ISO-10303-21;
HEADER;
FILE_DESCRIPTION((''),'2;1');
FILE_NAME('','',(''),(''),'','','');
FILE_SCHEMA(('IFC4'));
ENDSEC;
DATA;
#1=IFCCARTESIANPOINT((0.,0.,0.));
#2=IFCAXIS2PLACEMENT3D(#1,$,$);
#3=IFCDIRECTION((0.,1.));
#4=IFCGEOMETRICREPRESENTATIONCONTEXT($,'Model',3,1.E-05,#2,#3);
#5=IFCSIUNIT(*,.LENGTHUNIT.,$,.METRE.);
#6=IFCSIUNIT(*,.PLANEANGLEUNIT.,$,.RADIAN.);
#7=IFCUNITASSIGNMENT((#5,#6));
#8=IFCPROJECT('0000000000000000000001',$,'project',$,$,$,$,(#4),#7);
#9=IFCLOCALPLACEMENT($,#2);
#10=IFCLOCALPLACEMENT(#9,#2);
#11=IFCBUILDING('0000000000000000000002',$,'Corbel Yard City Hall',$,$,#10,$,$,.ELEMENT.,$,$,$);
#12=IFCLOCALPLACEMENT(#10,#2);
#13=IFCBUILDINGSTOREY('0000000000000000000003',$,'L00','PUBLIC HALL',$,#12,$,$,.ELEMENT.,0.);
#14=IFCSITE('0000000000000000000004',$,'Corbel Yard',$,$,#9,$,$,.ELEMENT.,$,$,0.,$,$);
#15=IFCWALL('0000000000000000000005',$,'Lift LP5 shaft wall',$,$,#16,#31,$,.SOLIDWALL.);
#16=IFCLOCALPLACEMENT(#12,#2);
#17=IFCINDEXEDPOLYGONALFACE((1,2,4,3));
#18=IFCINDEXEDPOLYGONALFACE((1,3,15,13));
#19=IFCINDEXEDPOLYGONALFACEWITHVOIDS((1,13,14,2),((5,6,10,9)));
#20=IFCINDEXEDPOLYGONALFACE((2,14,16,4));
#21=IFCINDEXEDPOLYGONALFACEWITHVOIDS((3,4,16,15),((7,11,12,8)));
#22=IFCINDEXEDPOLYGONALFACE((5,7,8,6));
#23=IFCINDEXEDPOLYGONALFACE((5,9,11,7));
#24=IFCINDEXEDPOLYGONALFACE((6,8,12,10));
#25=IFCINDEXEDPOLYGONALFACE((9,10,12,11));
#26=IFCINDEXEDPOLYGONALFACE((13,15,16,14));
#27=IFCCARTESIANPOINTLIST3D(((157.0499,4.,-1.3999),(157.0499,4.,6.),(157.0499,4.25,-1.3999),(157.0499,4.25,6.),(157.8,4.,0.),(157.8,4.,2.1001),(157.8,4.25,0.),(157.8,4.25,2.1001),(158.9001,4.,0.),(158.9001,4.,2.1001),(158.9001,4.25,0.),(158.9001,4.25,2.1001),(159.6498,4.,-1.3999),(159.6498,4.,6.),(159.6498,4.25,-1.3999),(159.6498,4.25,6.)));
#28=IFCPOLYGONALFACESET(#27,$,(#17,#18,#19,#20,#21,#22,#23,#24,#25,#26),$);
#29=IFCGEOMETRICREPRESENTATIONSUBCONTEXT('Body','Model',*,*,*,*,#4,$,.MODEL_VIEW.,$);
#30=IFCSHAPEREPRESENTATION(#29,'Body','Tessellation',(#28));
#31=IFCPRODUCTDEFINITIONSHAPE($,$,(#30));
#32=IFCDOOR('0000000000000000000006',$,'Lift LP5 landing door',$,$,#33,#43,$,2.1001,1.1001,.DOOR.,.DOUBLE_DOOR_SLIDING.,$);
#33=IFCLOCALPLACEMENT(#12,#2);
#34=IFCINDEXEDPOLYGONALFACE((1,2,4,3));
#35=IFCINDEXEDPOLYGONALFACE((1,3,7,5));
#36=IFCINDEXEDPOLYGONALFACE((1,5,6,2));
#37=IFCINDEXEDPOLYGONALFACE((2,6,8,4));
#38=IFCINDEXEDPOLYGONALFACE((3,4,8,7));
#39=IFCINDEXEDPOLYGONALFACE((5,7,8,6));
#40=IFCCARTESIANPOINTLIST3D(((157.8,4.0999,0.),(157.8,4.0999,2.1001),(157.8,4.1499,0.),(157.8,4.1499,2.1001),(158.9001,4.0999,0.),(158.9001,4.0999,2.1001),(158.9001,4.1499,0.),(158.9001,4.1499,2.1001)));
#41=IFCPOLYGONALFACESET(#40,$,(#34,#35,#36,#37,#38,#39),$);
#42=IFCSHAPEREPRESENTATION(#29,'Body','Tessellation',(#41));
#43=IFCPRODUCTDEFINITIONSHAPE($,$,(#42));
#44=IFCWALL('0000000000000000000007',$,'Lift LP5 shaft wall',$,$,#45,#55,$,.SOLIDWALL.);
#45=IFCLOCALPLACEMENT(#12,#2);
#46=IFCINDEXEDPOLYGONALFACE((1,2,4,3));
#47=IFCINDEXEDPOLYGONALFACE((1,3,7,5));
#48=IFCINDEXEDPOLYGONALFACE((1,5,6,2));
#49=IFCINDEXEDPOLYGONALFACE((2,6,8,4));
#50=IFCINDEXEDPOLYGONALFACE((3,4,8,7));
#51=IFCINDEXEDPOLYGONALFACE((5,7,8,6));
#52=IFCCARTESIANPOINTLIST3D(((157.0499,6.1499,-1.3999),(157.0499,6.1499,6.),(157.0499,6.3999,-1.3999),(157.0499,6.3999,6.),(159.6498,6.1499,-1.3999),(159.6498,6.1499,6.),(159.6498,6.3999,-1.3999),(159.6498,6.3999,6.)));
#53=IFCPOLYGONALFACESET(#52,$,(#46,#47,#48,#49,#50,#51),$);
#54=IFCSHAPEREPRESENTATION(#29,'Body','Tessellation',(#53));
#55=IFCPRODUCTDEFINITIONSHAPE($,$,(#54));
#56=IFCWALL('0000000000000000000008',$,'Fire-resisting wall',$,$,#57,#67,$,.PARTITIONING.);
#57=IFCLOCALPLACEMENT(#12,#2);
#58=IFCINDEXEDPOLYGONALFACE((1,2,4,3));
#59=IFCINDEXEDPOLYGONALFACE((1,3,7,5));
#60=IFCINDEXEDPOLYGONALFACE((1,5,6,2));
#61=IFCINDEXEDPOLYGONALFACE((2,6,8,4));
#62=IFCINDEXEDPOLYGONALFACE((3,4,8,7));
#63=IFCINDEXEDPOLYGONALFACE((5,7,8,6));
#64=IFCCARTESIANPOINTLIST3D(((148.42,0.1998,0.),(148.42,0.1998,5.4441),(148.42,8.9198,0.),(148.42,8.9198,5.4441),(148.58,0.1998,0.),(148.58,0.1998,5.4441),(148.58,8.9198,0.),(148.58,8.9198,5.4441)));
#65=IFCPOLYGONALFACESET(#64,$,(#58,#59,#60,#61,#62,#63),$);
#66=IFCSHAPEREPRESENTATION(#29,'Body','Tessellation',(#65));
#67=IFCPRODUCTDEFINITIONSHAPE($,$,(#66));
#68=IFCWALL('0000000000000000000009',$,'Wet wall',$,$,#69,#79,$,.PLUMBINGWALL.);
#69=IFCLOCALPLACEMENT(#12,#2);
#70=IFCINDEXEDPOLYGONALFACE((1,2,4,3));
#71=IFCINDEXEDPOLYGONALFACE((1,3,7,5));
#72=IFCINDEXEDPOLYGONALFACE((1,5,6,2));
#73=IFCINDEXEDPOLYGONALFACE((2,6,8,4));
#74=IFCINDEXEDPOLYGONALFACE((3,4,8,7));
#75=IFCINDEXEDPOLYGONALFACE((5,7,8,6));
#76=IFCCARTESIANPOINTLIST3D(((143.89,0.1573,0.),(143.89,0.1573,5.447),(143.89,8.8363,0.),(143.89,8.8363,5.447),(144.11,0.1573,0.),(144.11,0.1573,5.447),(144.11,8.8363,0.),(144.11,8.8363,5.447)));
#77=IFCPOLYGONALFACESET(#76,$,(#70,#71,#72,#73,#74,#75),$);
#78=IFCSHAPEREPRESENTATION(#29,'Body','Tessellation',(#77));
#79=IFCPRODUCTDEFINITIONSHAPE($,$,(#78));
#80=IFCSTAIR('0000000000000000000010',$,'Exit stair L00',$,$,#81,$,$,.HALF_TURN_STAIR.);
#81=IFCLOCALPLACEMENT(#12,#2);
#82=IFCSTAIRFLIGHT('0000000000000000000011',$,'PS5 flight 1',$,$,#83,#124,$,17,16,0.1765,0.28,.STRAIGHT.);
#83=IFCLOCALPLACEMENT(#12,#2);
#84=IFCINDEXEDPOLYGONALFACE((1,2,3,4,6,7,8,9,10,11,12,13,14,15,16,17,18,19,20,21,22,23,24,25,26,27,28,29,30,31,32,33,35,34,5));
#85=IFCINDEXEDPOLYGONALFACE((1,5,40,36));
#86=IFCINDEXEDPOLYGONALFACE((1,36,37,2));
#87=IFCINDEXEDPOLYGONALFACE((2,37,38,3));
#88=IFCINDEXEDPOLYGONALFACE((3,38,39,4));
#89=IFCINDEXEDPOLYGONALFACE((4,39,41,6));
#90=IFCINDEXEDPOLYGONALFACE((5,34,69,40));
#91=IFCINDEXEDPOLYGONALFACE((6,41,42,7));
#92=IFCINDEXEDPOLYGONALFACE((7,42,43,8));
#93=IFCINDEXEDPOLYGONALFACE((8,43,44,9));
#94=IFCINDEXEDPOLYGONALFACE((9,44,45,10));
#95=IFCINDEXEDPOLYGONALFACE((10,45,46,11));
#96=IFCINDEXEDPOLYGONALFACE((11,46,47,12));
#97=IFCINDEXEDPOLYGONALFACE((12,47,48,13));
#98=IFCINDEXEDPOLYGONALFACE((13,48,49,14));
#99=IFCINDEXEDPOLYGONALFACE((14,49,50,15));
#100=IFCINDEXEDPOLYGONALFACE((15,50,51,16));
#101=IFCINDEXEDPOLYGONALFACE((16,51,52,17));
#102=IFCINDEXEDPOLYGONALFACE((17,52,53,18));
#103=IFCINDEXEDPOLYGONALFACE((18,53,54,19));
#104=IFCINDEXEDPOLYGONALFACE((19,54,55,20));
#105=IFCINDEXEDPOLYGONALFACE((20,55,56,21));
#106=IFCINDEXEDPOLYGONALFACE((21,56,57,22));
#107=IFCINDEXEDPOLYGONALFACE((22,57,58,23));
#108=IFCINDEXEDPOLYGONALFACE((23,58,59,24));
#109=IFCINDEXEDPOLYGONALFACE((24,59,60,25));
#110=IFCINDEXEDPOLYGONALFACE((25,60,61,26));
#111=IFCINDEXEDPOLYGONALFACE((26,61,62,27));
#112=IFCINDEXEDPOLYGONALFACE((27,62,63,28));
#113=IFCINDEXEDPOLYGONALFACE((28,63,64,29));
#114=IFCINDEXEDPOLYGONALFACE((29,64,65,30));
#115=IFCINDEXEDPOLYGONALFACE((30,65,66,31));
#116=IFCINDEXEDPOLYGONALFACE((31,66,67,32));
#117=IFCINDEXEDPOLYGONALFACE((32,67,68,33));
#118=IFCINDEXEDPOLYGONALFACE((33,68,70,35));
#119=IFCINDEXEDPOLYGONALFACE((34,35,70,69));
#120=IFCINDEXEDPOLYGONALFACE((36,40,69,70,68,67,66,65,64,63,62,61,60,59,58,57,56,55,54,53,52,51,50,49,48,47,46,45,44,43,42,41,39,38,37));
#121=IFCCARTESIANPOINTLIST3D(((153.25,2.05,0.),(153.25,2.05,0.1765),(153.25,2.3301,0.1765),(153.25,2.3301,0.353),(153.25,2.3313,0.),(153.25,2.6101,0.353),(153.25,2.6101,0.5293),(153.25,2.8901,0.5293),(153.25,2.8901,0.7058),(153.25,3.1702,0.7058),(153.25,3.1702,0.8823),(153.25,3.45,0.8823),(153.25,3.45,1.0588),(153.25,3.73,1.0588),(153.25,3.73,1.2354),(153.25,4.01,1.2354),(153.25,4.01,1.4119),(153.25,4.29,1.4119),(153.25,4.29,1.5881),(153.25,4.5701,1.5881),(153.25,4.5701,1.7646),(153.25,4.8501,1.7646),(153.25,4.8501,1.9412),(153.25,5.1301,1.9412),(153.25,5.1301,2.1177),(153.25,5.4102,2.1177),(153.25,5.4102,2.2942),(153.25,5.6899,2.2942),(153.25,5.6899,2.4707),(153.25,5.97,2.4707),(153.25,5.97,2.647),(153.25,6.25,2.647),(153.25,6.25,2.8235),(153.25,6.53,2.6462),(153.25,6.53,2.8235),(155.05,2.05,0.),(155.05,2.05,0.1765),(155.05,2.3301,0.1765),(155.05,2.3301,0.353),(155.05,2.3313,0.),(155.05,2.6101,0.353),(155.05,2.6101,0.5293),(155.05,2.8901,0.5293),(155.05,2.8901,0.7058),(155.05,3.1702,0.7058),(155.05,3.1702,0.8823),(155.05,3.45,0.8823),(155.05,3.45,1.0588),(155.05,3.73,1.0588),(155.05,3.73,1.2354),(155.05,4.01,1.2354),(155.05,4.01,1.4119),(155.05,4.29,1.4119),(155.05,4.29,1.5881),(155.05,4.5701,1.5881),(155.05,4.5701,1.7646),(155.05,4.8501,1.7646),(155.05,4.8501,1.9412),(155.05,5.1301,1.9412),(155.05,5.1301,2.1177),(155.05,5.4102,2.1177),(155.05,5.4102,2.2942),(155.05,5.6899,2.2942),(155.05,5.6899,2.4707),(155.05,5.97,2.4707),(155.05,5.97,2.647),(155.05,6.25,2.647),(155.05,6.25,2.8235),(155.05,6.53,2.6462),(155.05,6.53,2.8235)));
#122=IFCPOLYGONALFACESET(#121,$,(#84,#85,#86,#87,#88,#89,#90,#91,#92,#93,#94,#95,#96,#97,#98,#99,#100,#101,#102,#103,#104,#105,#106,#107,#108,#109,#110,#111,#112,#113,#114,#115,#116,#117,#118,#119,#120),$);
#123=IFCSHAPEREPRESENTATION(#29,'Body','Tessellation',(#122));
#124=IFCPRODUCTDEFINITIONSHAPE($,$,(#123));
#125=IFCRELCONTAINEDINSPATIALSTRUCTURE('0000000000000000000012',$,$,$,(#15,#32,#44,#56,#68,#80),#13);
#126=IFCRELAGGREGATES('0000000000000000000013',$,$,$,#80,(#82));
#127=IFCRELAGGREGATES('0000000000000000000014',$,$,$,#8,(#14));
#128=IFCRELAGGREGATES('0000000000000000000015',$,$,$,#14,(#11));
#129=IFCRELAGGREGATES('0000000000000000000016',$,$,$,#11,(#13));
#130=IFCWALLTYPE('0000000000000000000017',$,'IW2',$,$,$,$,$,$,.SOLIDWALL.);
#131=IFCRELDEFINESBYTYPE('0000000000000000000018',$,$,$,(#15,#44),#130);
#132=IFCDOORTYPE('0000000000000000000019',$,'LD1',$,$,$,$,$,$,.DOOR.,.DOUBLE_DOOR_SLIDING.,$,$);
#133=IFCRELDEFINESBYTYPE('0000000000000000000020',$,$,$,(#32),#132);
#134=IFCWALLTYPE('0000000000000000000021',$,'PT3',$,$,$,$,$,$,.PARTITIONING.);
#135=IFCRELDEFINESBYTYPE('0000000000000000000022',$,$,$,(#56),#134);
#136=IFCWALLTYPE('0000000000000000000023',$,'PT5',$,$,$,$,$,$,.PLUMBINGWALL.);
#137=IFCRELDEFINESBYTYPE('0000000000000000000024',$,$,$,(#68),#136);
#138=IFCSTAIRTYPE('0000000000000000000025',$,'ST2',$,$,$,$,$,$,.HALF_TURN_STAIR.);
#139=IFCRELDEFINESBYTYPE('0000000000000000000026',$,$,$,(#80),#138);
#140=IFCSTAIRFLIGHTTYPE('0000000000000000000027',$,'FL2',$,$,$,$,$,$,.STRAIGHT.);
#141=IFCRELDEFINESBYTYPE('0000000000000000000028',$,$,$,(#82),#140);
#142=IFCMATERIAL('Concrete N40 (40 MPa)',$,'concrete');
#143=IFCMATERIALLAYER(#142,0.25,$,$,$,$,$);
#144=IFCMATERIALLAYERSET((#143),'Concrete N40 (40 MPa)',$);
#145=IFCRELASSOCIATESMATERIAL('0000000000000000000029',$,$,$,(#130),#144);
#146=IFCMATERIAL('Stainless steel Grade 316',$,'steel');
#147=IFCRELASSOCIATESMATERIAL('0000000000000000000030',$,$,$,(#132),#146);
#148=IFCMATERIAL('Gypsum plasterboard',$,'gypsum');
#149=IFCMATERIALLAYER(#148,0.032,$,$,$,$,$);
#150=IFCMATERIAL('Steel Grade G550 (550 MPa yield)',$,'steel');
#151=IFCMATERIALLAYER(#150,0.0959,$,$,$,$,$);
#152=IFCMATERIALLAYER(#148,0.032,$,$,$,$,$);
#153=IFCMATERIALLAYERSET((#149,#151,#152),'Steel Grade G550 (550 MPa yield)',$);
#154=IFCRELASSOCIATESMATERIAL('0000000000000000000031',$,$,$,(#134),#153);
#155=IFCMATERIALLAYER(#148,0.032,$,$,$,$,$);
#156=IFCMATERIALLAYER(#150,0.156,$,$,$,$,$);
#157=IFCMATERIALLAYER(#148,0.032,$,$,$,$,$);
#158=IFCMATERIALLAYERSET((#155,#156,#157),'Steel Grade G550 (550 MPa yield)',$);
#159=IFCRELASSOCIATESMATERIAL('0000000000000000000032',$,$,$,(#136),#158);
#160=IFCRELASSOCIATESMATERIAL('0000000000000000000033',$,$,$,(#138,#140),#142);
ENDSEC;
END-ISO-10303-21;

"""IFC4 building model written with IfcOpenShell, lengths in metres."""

from ifc_helpers import new_model, si_unit, direction, frame, frame_2d, origin, place, context, subcontext, project, spatial, polyline, rectangle, outline, extrude, material, layer, layer_set, type_object, element, fill, aggregate, save


model = new_model("IFC4")

# Units and contexts
model_context = context("Model", 3, precision=1e-05, world=origin(), true_north=direction((0.0, 1.0)))
body_context = subcontext(model_context, "Body", "Model", "MODEL_VIEW")
ifc_project = project(units=[si_unit("LENGTHUNIT", "METRE"), si_unit("PLANEANGLEUNIT", "RADIAN")], contexts=[model_context])

# Site, building, storey
site_placement = place(None, origin())
site = spatial("IfcSite", under=ifc_project, at=site_placement, Name="Corbel Yard", CompositionType="ELEMENT", RefElevation=0.0)
building_placement = place(site_placement, origin())
building = spatial("IfcBuilding", under=site, at=building_placement, Name="Corbel Yard City Hall", CompositionType="ELEMENT")
storey_placement = place(building_placement, origin())
storey = spatial("IfcBuildingStorey", under=building, at=storey_placement, Name="L00", Description="PUBLIC HALL", CompositionType="ELEMENT", Elevation=0.0)

# Shared definitions
ifc_material_1 = material(Name="Concrete N40 (40 MPa)", Category="concrete")

# Shared definitions
ifc_material_2 = material(Name="Gypsum plasterboard", Category="gypsum")

# Wall, opening, door
ifc_layer_1 = layer(ifc_material_1, 0.25)
ifc_layer_set_1 = layer_set([ifc_layer_1], Name="Concrete N40 (40 MPa)")
wall_type_1 = type_object("IfcWallType", Name="IW2", PredefinedType="SOLIDWALL", material=ifc_layer_set_1)
wall_1_placement = place(storey_placement, frame((157.05, 4.125, -1.3999), z_axis=(0.0, 0.0, 1.0), x_axis=(1.0, 0.0, 0.0)))
wall_1 = element("IfcWall", 1, at=wall_1_placement, inside=storey, type_object=wall_type_1, Name="Lift LP5 shaft wall", PredefinedType="SOLIDWALL", context=body_context, shape_type="SweptSolid", body=[
    extrude(rectangle(XDim=2.5999, YDim=0.25, at=frame_2d((1.2998, 0.0))), origin(), (0.0, 0.0, 1.0), 7.3999),
])
opening_1_placement = place(wall_1_placement, frame((0.75, 0.0, 1.3999)))
opening_1 = element("IfcOpeningElement", 2, at=opening_1_placement, cuts=wall_1, PredefinedType="OPENING", context=body_context, shape_type="SweptSolid", body=[
    extrude(rectangle(XDim=1.1001, YDim=2.1001, at=frame_2d((0.55, 1.05))), frame((0.0, 0.135, 0.0), z_axis=(0.0, -1.0, 0.0), x_axis=(1.0, 0.0, 0.0)), (0.0, 0.0, 1.0), 0.27),
])
ifc_material_3 = material(Name="Stainless steel Grade 316", Category="steel")
door_type_1 = type_object("IfcDoorType", Name="LD1", OperationType="DOUBLE_DOOR_SLIDING", PredefinedType="DOOR", material=ifc_material_3)
door_1_placement = place(opening_1_placement, origin())
door_1 = element("IfcDoor", 3, at=door_1_placement, inside=storey, type_object=door_type_1, Name="Lift LP5 landing door", OperationType="DOUBLE_DOOR_SLIDING", OverallHeight=2.1001, OverallWidth=1.1001, PredefinedType="DOOR", context=body_context, shape_type="SweptSolid", body=[
    extrude(rectangle(XDim=1.1001, YDim=2.1001, at=frame_2d((0.55, 1.05))), frame((0.0, 0.0249, 0.0), z_axis=(0.0, -1.0, 0.0), x_axis=(1.0, 0.0, 0.0)), (0.0, 0.0, 1.0), 0.05),
])
fill(opening_1, door_1)

# Walls
wall_2_placement = place(storey_placement, frame((157.05, 6.2749, -1.3999), z_axis=(0.0, 0.0, 1.0), x_axis=(1.0, 0.0, 0.0)))
element("IfcWall", 4, at=wall_2_placement, inside=storey, type_object=wall_type_1, Name="Lift LP5 shaft wall", PredefinedType="SOLIDWALL", context=body_context, shape_type="SweptSolid", body=[
    extrude(rectangle(XDim=2.5999, YDim=0.25, at=frame_2d((1.2998, 0.0))), origin(), (0.0, 0.0, 1.0), 7.3999),
])
ifc_layer_2 = layer(ifc_material_2, 0.032)
ifc_material_4 = material(Name="Steel Grade G550 (550 MPa yield)", Category="steel")
ifc_layer_3 = layer(ifc_material_4, 0.0959)
ifc_layer_4 = layer(ifc_material_2, 0.032)
ifc_layer_set_2 = layer_set([ifc_layer_2, ifc_layer_3, ifc_layer_4], Name="Steel Grade G550 (550 MPa yield)")
wall_type_2 = type_object("IfcWallType", Name="PT3", PredefinedType="PARTITIONING", material=ifc_layer_set_2)
wall_3_placement = place(storey_placement, frame((148.5, 0.2, 0.0), z_axis=(0.0, 0.0, 1.0), x_axis=(0.0, 1.0, 0.0)))
element("IfcWall", 5, at=wall_3_placement, inside=storey, type_object=wall_type_2, Name="Fire-resisting wall", PredefinedType="PARTITIONING", context=body_context, shape_type="SweptSolid", body=[
    extrude(rectangle(XDim=8.72, YDim=0.1599, at=frame_2d((4.3599, 0.0))), origin(), (0.0, 0.0, 1.0), 5.4441),
])
ifc_layer_5 = layer(ifc_material_2, 0.032)
ifc_layer_6 = layer(ifc_material_4, 0.156)
ifc_layer_7 = layer(ifc_material_2, 0.032)
ifc_layer_set_3 = layer_set([ifc_layer_5, ifc_layer_6, ifc_layer_7], Name="Steel Grade G550 (550 MPa yield)")
wall_type_3 = type_object("IfcWallType", Name="PT5", PredefinedType="PLUMBINGWALL", material=ifc_layer_set_3)
wall_4_placement = place(storey_placement, frame((144.0, 0.1575, 0.0), z_axis=(0.0, 0.0, 1.0), x_axis=(0.0, 1.0, 0.0)))
element("IfcWall", 6, at=wall_4_placement, inside=storey, type_object=wall_type_3, Name="Wet wall", PredefinedType="PLUMBINGWALL", context=body_context, shape_type="SweptSolid", body=[
    extrude(rectangle(XDim=8.679, YDim=0.22, at=frame_2d((4.3394, 0.0))), origin(), (0.0, 0.0, 1.0), 5.447),
])

# Stair, stair flight
stair_type = type_object("IfcStairType", Name="ST2", PredefinedType="HALF_TURN_STAIR", material=ifc_material_1)
stair_placement = place(storey_placement, origin())
stair = element("IfcStair", 7, at=stair_placement, inside=storey, type_object=stair_type, Name="Exit stair L00", PredefinedType="HALF_TURN_STAIR")
stair_flight_type = type_object("IfcStairFlightType", Name="FL2", PredefinedType="STRAIGHT", material=ifc_material_1)
stair_flight_placement = place(storey_placement, frame((154.1499, 2.05, 0.0), z_axis=(0.0, 0.0, 1.0), x_axis=(0.0, 1.0, 0.0)))
stair_flight = element("IfcStairFlight", 8, at=stair_flight_placement, type_object=stair_flight_type, Name="PS5 flight 1", NumberOfRisers=17, NumberOfTreads=16, PredefinedType="STRAIGHT", RiserHeight=0.1765, TreadLength=0.28, context=body_context, shape_type="SweptSolid", body=[
    extrude(outline(polyline([(0.0, 0.0), (0.0, 0.1765), (0.28, 0.1765), (0.28, 0.353), (0.5601, 0.353), (0.5601, 0.5293), (0.8401, 0.5293), (0.8401, 0.7058), (1.1201, 0.7058), (1.1201, 0.8823), (1.3999, 0.8823), (1.3999, 1.0588), (1.6799, 1.0588), (1.6799, 1.2354), (1.96, 1.2354), (1.96, 1.4119), (2.24, 1.4119), (2.24, 1.5881), (2.52, 1.5881), (2.52, 1.7646), (2.8, 1.7646), (2.8, 1.9412), (3.0801, 1.9412), (3.0801, 2.1177), (3.3601, 2.1177), (3.3601, 2.2942), (3.6399, 2.2942), (3.6399, 2.4707), (3.9199, 2.4707), (3.9199, 2.647), (4.2, 2.647), (4.2, 2.8235), (4.48, 2.8235), (4.48, 3.0), (4.48, 2.6462), (0.2812, 0.0), (0.0, 0.0)])), frame((0.0, 0.8999, 0.0), z_axis=(0.0, -1.0, 0.0), x_axis=(1.0, 0.0, 0.0)), (0.0, 0.0, 1.0), 1.8),
])
aggregate(stair, [stair_flight])

save(model, "model.ifc")
